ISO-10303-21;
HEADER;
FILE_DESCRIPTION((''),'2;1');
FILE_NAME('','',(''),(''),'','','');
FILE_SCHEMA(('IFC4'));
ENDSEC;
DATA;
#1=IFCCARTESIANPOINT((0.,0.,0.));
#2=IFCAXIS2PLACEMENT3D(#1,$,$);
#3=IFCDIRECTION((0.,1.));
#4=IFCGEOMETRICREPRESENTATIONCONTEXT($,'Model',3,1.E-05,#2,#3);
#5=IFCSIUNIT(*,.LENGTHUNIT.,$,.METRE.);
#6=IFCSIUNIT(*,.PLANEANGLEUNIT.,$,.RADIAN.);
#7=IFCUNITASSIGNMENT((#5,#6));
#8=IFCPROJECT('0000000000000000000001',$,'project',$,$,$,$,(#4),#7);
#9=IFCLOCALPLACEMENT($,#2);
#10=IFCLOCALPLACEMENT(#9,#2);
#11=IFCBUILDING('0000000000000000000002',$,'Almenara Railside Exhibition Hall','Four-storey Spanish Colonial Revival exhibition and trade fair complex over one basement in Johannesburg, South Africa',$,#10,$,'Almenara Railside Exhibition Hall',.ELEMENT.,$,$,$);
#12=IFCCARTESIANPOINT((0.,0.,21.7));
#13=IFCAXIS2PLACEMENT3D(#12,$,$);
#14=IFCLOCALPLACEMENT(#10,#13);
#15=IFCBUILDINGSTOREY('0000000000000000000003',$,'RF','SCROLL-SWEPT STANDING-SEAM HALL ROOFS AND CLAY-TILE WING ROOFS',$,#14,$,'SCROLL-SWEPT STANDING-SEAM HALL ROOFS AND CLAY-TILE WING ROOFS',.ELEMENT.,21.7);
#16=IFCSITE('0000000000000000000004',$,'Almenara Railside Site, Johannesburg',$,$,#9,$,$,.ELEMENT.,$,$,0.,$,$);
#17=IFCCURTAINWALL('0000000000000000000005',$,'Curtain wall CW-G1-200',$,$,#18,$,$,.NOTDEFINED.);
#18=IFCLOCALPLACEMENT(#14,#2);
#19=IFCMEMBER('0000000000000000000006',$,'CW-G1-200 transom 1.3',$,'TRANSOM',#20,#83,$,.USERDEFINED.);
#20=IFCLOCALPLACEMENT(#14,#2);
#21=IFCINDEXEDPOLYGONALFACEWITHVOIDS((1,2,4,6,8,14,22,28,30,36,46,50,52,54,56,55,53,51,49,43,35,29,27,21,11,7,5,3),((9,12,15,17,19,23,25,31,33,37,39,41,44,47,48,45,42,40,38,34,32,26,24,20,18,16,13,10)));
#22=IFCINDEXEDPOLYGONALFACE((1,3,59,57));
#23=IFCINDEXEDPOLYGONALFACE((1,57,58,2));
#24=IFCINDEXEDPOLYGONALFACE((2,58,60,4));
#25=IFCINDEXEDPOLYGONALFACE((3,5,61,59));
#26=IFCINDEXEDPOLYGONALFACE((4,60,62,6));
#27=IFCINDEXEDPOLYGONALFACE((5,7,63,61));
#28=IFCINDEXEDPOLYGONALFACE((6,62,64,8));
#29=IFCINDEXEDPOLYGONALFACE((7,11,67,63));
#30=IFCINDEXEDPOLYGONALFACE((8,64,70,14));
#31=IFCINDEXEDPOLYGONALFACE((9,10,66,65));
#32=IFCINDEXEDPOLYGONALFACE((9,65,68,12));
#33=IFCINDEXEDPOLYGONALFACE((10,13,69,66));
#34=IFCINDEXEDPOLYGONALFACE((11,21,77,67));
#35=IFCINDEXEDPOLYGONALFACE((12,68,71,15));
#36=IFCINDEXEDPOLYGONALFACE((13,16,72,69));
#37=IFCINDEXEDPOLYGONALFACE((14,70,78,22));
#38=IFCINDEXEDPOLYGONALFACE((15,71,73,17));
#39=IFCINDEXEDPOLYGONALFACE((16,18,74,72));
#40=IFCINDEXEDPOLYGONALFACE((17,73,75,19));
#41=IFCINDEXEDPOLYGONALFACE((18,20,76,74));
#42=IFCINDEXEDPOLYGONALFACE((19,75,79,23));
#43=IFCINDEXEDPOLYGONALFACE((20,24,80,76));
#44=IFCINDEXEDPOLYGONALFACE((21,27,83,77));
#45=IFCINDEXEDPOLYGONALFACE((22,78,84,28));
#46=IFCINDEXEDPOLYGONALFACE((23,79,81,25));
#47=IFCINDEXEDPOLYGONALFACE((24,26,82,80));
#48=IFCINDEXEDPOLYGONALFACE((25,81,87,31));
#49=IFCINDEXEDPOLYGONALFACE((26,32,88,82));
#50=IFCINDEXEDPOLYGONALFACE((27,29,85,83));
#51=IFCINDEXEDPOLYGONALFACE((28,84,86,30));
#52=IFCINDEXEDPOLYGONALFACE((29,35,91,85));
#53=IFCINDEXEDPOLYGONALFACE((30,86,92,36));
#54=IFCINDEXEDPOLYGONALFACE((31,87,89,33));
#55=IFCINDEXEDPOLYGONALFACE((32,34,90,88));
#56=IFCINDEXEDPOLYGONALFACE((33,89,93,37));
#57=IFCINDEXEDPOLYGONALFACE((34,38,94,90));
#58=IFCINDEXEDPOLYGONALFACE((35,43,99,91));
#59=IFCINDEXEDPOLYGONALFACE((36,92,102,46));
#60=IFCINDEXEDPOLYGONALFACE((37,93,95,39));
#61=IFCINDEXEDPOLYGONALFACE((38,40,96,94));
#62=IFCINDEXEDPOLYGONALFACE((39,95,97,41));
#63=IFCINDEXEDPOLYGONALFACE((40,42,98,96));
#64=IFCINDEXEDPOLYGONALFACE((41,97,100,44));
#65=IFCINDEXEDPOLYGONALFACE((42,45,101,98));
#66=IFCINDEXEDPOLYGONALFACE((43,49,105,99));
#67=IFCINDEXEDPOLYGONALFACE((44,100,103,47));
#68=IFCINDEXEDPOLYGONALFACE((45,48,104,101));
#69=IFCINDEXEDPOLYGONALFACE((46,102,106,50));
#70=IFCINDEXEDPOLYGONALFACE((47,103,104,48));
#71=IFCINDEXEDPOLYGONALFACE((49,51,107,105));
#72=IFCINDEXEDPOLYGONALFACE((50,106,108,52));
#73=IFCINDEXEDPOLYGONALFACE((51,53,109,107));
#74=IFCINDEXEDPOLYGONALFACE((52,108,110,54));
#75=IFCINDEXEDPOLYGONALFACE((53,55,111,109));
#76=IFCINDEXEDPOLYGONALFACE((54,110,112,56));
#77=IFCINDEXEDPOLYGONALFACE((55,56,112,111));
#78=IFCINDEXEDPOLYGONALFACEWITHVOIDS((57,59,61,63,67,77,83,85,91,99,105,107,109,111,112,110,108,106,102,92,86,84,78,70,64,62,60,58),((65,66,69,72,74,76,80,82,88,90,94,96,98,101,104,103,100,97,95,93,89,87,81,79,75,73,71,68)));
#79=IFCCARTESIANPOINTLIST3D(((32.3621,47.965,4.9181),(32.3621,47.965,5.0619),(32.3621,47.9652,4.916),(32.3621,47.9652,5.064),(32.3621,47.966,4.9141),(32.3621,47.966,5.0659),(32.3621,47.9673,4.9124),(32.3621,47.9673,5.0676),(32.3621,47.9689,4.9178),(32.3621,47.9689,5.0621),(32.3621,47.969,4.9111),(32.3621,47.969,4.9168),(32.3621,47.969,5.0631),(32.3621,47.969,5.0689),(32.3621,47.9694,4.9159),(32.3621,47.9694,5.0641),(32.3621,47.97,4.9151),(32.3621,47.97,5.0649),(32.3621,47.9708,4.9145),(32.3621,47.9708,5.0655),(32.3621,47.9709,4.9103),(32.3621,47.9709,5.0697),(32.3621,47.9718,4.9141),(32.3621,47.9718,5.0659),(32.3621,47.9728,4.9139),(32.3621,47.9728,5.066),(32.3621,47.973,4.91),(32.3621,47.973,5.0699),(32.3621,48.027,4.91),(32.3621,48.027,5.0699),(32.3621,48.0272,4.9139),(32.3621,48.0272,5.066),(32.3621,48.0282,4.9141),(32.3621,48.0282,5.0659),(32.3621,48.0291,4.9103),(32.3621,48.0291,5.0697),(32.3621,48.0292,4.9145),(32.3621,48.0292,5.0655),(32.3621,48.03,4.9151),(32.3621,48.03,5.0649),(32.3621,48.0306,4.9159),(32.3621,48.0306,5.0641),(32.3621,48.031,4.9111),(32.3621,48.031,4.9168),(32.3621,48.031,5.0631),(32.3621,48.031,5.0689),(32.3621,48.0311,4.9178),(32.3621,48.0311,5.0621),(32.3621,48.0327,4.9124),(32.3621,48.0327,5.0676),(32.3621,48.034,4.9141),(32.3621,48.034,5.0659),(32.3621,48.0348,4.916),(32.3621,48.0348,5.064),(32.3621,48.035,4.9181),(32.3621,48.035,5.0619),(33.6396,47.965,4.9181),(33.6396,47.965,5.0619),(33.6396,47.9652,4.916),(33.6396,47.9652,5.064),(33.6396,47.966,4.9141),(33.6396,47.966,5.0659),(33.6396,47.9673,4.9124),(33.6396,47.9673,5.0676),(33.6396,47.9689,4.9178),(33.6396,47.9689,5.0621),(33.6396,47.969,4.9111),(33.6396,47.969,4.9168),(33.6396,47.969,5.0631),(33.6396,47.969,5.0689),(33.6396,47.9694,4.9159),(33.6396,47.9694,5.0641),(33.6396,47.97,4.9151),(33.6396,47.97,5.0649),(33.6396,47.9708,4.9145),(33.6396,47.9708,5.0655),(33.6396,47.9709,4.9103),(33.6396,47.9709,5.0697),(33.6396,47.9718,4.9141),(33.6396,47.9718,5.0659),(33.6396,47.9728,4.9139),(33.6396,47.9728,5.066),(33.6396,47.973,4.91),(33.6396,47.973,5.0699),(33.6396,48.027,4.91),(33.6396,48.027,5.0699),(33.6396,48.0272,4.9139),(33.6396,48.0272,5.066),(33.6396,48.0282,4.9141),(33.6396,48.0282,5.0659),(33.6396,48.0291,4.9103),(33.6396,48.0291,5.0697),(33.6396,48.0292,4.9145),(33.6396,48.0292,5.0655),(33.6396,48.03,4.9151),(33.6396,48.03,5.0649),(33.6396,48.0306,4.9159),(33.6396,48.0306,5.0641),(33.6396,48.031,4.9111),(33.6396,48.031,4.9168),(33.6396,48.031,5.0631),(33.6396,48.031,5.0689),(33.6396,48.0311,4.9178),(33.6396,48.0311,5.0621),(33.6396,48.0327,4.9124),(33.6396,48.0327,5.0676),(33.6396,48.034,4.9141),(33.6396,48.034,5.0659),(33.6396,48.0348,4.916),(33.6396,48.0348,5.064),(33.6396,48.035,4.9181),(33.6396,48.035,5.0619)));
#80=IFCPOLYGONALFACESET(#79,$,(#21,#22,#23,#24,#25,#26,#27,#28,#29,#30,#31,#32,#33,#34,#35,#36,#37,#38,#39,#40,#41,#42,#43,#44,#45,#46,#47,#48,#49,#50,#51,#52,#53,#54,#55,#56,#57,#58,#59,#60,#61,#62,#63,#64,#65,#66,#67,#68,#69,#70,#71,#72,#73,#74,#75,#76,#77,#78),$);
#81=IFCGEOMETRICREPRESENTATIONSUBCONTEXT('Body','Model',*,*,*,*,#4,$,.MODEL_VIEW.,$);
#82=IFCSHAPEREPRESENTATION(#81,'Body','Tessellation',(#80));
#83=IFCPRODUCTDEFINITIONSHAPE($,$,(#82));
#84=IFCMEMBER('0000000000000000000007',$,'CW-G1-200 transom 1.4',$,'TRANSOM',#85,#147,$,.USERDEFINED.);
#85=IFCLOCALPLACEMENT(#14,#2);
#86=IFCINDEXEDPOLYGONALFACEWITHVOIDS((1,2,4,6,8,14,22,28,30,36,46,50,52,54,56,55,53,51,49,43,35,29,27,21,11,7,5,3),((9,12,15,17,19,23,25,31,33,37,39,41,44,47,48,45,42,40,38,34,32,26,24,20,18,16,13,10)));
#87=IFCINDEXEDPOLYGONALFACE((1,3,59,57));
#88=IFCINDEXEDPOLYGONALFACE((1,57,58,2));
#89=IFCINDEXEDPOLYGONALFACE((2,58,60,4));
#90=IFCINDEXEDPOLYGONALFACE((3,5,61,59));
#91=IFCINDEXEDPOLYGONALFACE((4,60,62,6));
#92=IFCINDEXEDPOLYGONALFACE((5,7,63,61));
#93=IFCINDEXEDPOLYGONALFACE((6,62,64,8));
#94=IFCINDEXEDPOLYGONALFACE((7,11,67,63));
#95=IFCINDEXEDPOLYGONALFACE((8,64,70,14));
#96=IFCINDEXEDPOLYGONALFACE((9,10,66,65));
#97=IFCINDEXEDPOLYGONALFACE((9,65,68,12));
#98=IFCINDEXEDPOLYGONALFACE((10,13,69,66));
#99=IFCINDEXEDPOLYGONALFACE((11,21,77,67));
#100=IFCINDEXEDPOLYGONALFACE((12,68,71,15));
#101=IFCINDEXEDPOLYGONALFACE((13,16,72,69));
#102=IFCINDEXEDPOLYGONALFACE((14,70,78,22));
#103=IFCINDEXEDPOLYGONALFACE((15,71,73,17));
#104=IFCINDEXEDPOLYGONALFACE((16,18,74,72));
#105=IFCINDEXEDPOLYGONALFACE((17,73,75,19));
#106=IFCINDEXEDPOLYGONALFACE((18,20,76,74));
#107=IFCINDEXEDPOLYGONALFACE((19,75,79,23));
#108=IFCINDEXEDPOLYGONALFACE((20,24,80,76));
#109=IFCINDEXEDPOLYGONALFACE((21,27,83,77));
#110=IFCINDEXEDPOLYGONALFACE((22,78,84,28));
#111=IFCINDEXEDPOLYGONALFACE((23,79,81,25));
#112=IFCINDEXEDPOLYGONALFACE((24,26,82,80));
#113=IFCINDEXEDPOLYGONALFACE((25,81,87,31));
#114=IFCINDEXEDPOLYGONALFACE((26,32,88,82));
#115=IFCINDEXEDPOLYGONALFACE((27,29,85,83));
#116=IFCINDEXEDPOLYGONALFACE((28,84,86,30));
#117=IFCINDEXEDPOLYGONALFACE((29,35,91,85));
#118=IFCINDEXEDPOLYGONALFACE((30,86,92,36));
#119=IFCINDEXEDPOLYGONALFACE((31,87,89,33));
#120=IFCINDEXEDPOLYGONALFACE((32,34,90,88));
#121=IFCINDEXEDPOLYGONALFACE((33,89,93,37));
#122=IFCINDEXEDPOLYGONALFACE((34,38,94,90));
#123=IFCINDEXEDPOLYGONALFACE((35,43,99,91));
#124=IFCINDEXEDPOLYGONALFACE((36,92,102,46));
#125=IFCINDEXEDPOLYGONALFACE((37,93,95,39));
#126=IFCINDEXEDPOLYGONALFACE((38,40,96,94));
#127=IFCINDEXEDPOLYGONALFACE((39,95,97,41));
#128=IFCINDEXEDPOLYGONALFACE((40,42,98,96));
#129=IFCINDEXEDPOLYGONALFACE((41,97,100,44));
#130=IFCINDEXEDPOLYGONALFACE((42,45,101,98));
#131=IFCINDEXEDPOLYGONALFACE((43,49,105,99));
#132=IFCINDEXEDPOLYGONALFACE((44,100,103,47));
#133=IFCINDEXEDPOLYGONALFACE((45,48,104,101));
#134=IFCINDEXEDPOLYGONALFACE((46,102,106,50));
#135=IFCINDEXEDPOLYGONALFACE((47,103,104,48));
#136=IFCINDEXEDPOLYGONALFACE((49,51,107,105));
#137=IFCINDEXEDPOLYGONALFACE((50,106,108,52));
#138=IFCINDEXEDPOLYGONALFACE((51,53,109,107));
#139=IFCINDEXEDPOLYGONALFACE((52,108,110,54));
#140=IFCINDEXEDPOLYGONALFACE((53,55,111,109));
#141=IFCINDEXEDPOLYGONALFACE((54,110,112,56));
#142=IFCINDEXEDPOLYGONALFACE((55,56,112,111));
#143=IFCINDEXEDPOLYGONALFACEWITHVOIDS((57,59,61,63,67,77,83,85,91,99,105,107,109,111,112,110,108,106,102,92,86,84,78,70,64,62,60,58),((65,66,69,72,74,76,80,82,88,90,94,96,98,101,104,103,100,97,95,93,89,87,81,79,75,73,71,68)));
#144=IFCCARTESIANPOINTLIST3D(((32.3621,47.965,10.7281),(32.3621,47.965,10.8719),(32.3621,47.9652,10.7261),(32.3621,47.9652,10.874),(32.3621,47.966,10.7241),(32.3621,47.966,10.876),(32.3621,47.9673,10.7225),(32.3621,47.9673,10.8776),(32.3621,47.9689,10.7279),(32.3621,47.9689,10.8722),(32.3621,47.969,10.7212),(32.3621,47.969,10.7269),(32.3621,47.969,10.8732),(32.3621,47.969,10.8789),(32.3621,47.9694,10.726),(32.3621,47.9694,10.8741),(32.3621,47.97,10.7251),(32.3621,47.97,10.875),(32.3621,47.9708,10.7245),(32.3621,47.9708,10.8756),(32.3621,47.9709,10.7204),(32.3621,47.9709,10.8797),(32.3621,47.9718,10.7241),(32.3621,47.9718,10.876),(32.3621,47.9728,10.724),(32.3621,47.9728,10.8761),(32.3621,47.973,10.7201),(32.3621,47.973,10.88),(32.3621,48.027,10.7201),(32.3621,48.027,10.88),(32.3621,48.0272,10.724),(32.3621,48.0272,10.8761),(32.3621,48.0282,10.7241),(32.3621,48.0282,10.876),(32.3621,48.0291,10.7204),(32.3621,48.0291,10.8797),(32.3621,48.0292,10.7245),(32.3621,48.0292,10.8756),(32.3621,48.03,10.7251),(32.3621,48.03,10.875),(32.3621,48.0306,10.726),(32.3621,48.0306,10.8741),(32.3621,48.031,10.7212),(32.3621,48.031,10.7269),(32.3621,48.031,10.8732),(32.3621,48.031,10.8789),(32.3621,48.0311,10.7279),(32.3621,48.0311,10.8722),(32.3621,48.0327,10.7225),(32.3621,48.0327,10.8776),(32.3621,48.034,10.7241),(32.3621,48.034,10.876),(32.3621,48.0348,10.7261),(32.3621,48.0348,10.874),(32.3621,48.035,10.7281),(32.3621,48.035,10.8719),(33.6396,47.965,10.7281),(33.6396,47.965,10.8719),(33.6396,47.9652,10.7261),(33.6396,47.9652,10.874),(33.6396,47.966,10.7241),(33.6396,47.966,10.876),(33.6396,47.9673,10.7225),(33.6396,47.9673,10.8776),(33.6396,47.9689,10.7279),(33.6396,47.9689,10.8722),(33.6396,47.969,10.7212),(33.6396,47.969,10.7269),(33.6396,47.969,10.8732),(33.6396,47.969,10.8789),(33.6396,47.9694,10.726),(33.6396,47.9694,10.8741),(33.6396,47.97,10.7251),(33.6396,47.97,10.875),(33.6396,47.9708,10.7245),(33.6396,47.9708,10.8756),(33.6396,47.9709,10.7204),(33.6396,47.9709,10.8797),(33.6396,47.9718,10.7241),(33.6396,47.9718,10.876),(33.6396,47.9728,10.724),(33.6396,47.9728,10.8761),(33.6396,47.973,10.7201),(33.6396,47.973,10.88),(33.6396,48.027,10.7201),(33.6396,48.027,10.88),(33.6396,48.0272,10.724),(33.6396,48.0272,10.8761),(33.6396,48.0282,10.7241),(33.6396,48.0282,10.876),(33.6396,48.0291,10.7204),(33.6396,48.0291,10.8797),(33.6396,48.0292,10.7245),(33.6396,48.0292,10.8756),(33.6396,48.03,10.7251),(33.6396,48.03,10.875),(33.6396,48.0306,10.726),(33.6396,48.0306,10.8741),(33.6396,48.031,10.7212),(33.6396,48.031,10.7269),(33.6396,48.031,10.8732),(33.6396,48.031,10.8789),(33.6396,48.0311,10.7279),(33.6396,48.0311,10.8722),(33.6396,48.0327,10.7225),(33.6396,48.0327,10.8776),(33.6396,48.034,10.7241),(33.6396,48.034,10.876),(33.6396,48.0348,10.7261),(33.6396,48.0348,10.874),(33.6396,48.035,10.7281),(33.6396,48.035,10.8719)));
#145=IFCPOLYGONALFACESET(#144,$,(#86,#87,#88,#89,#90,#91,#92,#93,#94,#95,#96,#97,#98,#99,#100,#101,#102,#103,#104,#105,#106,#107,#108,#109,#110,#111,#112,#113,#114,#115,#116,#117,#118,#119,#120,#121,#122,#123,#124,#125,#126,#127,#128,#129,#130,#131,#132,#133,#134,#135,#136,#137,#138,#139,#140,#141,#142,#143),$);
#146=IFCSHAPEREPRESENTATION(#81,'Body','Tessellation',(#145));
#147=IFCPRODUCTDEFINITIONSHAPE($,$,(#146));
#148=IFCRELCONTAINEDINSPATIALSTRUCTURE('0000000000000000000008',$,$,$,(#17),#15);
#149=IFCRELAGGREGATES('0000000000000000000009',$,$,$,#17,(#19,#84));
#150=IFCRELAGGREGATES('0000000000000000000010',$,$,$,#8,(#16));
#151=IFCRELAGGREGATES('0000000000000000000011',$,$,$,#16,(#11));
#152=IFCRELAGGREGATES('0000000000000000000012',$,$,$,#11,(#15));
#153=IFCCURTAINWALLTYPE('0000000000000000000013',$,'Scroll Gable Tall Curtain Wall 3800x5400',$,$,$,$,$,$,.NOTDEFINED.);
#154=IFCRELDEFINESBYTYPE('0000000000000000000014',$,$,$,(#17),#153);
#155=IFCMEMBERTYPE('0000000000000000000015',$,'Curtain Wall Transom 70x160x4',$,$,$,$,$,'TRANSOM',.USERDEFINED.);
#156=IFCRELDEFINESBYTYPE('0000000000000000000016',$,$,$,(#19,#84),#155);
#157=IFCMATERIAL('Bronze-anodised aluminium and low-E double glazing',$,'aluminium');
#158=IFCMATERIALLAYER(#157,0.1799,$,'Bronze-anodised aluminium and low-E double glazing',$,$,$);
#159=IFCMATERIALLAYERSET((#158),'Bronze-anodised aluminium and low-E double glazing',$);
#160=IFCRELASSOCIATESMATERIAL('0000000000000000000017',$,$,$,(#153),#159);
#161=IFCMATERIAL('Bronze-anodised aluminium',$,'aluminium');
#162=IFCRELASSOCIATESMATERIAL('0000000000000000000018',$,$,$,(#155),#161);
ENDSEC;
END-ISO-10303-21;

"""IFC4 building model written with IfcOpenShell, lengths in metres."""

from ifc_helpers import new_model, si_unit, direction, frame, origin, origin_2d, place, context, subcontext, project, spatial, hollow_rectangle, extrude, material, layer, layer_set, material_profile, profile_set, type_object, element, aggregate, save


model = new_model("IFC4")

# Units and contexts
model_context = context("Model", 3, precision=1e-05, world=origin(), true_north=direction((0.0, 1.0)))
body_context = subcontext(model_context, "Body", "Model", "MODEL_VIEW")
ifc_project = project(units=[si_unit("LENGTHUNIT", "METRE"), si_unit("PLANEANGLEUNIT", "RADIAN")], contexts=[model_context])

# Site, building, storey
site_placement = place(None, origin())
site = spatial("IfcSite", under=ifc_project, at=site_placement, Name="Almenara Railside Site, Johannesburg", CompositionType="ELEMENT", RefElevation=0.0)
building_placement = place(site_placement, origin())
building = spatial("IfcBuilding", under=site, at=building_placement, Name="Almenara Railside Exhibition Hall", Description="Four-storey Spanish Colonial Revival exhibition and trade fair complex over one basement in Johannesburg, South Africa", LongName="Almenara Railside Exhibition Hall", CompositionType="ELEMENT")
storey_placement = place(building_placement, frame((0.0, 0.0, 21.7)))
storey = spatial("IfcBuildingStorey", under=building, at=storey_placement, Name="RF", Description="SCROLL-SWEPT STANDING-SEAM HALL ROOFS AND CLAY-TILE WING ROOFS", LongName="SCROLL-SWEPT STANDING-SEAM HALL ROOFS AND CLAY-TILE WING ROOFS", CompositionType="ELEMENT", Elevation=21.7)

# Curtain wall, members
ifc_material_1 = material(Name="Bronze-anodised aluminium and low-E double glazing", Category="aluminium")
ifc_layer_1 = layer(ifc_material_1, 0.1799, Name="Bronze-anodised aluminium and low-E double glazing")
ifc_layer_set_1 = layer_set([ifc_layer_1], Name="Bronze-anodised aluminium and low-E double glazing")
curtain_wall_type = type_object("IfcCurtainWallType", Name="Scroll Gable Tall Curtain Wall 3800x5400", PredefinedType="NOTDEFINED", material=ifc_layer_set_1)
ifc_material_2 = material(Name="Bronze-anodised aluminium", Category="aluminium")
curtain_wall_1_placement = place(storey_placement, origin())
curtain_wall_1 = element("IfcCurtainWall", 1, at=curtain_wall_1_placement, inside=storey, type_object=curtain_wall_type, Name="Curtain wall CW-G1-200", PredefinedType="NOTDEFINED")
ifc_material_profile_1 = material_profile(ifc_material_2, hollow_rectangle(XDim=0.0701, YDim=0.1599, WallThickness=0.0039, InnerFilletRadius=0.0039, OuterFilletRadius=0.0081, at=origin_2d()), Name="ALU-TRN 70x160x4")
ifc_profile_set_1 = profile_set([ifc_material_profile_1], Name="Bronze-anodised aluminium")
member_type_1 = type_object("IfcMemberType", Name="Curtain Wall Transom 70x160x4", ElementType="TRANSOM", PredefinedType="USERDEFINED", material=ifc_profile_set_1)
member_1_placement = place(storey_placement, frame((32.3621, 48.0, 4.99), z_axis=(1.0, 0.0, 0.0), x_axis=(0.0, 1.0, 0.0)))
member_1 = element("IfcMember", 2, at=member_1_placement, type_object=member_type_1, Name="CW-G1-200 transom 1.3", ObjectType="TRANSOM", PredefinedType="USERDEFINED", context=body_context, shape_type="SweptSolid", body=[
    extrude(hollow_rectangle(XDim=0.0701, YDim=0.1599, WallThickness=0.0039, InnerFilletRadius=0.0039, OuterFilletRadius=0.0081, at=origin_2d()), origin(), (0.0, 0.0, 1.0), 1.2776),
])
member_2_placement = place(storey_placement, frame((32.3621, 48.0, 10.8), z_axis=(1.0, 0.0, 0.0), x_axis=(0.0, 1.0, 0.0)))
member_2 = element("IfcMember", 3, at=member_2_placement, type_object=member_type_1, Name="CW-G1-200 transom 1.4", ObjectType="TRANSOM", PredefinedType="USERDEFINED", context=body_context, shape_type="SweptSolid", body=[
    extrude(hollow_rectangle(XDim=0.0701, YDim=0.1599, WallThickness=0.0039, InnerFilletRadius=0.0039, OuterFilletRadius=0.0081, at=origin_2d()), origin(), (0.0, 0.0, 1.0), 1.2776),
])

aggregate(curtain_wall_1, [member_1, member_2])

save(model, "model.ifc")
